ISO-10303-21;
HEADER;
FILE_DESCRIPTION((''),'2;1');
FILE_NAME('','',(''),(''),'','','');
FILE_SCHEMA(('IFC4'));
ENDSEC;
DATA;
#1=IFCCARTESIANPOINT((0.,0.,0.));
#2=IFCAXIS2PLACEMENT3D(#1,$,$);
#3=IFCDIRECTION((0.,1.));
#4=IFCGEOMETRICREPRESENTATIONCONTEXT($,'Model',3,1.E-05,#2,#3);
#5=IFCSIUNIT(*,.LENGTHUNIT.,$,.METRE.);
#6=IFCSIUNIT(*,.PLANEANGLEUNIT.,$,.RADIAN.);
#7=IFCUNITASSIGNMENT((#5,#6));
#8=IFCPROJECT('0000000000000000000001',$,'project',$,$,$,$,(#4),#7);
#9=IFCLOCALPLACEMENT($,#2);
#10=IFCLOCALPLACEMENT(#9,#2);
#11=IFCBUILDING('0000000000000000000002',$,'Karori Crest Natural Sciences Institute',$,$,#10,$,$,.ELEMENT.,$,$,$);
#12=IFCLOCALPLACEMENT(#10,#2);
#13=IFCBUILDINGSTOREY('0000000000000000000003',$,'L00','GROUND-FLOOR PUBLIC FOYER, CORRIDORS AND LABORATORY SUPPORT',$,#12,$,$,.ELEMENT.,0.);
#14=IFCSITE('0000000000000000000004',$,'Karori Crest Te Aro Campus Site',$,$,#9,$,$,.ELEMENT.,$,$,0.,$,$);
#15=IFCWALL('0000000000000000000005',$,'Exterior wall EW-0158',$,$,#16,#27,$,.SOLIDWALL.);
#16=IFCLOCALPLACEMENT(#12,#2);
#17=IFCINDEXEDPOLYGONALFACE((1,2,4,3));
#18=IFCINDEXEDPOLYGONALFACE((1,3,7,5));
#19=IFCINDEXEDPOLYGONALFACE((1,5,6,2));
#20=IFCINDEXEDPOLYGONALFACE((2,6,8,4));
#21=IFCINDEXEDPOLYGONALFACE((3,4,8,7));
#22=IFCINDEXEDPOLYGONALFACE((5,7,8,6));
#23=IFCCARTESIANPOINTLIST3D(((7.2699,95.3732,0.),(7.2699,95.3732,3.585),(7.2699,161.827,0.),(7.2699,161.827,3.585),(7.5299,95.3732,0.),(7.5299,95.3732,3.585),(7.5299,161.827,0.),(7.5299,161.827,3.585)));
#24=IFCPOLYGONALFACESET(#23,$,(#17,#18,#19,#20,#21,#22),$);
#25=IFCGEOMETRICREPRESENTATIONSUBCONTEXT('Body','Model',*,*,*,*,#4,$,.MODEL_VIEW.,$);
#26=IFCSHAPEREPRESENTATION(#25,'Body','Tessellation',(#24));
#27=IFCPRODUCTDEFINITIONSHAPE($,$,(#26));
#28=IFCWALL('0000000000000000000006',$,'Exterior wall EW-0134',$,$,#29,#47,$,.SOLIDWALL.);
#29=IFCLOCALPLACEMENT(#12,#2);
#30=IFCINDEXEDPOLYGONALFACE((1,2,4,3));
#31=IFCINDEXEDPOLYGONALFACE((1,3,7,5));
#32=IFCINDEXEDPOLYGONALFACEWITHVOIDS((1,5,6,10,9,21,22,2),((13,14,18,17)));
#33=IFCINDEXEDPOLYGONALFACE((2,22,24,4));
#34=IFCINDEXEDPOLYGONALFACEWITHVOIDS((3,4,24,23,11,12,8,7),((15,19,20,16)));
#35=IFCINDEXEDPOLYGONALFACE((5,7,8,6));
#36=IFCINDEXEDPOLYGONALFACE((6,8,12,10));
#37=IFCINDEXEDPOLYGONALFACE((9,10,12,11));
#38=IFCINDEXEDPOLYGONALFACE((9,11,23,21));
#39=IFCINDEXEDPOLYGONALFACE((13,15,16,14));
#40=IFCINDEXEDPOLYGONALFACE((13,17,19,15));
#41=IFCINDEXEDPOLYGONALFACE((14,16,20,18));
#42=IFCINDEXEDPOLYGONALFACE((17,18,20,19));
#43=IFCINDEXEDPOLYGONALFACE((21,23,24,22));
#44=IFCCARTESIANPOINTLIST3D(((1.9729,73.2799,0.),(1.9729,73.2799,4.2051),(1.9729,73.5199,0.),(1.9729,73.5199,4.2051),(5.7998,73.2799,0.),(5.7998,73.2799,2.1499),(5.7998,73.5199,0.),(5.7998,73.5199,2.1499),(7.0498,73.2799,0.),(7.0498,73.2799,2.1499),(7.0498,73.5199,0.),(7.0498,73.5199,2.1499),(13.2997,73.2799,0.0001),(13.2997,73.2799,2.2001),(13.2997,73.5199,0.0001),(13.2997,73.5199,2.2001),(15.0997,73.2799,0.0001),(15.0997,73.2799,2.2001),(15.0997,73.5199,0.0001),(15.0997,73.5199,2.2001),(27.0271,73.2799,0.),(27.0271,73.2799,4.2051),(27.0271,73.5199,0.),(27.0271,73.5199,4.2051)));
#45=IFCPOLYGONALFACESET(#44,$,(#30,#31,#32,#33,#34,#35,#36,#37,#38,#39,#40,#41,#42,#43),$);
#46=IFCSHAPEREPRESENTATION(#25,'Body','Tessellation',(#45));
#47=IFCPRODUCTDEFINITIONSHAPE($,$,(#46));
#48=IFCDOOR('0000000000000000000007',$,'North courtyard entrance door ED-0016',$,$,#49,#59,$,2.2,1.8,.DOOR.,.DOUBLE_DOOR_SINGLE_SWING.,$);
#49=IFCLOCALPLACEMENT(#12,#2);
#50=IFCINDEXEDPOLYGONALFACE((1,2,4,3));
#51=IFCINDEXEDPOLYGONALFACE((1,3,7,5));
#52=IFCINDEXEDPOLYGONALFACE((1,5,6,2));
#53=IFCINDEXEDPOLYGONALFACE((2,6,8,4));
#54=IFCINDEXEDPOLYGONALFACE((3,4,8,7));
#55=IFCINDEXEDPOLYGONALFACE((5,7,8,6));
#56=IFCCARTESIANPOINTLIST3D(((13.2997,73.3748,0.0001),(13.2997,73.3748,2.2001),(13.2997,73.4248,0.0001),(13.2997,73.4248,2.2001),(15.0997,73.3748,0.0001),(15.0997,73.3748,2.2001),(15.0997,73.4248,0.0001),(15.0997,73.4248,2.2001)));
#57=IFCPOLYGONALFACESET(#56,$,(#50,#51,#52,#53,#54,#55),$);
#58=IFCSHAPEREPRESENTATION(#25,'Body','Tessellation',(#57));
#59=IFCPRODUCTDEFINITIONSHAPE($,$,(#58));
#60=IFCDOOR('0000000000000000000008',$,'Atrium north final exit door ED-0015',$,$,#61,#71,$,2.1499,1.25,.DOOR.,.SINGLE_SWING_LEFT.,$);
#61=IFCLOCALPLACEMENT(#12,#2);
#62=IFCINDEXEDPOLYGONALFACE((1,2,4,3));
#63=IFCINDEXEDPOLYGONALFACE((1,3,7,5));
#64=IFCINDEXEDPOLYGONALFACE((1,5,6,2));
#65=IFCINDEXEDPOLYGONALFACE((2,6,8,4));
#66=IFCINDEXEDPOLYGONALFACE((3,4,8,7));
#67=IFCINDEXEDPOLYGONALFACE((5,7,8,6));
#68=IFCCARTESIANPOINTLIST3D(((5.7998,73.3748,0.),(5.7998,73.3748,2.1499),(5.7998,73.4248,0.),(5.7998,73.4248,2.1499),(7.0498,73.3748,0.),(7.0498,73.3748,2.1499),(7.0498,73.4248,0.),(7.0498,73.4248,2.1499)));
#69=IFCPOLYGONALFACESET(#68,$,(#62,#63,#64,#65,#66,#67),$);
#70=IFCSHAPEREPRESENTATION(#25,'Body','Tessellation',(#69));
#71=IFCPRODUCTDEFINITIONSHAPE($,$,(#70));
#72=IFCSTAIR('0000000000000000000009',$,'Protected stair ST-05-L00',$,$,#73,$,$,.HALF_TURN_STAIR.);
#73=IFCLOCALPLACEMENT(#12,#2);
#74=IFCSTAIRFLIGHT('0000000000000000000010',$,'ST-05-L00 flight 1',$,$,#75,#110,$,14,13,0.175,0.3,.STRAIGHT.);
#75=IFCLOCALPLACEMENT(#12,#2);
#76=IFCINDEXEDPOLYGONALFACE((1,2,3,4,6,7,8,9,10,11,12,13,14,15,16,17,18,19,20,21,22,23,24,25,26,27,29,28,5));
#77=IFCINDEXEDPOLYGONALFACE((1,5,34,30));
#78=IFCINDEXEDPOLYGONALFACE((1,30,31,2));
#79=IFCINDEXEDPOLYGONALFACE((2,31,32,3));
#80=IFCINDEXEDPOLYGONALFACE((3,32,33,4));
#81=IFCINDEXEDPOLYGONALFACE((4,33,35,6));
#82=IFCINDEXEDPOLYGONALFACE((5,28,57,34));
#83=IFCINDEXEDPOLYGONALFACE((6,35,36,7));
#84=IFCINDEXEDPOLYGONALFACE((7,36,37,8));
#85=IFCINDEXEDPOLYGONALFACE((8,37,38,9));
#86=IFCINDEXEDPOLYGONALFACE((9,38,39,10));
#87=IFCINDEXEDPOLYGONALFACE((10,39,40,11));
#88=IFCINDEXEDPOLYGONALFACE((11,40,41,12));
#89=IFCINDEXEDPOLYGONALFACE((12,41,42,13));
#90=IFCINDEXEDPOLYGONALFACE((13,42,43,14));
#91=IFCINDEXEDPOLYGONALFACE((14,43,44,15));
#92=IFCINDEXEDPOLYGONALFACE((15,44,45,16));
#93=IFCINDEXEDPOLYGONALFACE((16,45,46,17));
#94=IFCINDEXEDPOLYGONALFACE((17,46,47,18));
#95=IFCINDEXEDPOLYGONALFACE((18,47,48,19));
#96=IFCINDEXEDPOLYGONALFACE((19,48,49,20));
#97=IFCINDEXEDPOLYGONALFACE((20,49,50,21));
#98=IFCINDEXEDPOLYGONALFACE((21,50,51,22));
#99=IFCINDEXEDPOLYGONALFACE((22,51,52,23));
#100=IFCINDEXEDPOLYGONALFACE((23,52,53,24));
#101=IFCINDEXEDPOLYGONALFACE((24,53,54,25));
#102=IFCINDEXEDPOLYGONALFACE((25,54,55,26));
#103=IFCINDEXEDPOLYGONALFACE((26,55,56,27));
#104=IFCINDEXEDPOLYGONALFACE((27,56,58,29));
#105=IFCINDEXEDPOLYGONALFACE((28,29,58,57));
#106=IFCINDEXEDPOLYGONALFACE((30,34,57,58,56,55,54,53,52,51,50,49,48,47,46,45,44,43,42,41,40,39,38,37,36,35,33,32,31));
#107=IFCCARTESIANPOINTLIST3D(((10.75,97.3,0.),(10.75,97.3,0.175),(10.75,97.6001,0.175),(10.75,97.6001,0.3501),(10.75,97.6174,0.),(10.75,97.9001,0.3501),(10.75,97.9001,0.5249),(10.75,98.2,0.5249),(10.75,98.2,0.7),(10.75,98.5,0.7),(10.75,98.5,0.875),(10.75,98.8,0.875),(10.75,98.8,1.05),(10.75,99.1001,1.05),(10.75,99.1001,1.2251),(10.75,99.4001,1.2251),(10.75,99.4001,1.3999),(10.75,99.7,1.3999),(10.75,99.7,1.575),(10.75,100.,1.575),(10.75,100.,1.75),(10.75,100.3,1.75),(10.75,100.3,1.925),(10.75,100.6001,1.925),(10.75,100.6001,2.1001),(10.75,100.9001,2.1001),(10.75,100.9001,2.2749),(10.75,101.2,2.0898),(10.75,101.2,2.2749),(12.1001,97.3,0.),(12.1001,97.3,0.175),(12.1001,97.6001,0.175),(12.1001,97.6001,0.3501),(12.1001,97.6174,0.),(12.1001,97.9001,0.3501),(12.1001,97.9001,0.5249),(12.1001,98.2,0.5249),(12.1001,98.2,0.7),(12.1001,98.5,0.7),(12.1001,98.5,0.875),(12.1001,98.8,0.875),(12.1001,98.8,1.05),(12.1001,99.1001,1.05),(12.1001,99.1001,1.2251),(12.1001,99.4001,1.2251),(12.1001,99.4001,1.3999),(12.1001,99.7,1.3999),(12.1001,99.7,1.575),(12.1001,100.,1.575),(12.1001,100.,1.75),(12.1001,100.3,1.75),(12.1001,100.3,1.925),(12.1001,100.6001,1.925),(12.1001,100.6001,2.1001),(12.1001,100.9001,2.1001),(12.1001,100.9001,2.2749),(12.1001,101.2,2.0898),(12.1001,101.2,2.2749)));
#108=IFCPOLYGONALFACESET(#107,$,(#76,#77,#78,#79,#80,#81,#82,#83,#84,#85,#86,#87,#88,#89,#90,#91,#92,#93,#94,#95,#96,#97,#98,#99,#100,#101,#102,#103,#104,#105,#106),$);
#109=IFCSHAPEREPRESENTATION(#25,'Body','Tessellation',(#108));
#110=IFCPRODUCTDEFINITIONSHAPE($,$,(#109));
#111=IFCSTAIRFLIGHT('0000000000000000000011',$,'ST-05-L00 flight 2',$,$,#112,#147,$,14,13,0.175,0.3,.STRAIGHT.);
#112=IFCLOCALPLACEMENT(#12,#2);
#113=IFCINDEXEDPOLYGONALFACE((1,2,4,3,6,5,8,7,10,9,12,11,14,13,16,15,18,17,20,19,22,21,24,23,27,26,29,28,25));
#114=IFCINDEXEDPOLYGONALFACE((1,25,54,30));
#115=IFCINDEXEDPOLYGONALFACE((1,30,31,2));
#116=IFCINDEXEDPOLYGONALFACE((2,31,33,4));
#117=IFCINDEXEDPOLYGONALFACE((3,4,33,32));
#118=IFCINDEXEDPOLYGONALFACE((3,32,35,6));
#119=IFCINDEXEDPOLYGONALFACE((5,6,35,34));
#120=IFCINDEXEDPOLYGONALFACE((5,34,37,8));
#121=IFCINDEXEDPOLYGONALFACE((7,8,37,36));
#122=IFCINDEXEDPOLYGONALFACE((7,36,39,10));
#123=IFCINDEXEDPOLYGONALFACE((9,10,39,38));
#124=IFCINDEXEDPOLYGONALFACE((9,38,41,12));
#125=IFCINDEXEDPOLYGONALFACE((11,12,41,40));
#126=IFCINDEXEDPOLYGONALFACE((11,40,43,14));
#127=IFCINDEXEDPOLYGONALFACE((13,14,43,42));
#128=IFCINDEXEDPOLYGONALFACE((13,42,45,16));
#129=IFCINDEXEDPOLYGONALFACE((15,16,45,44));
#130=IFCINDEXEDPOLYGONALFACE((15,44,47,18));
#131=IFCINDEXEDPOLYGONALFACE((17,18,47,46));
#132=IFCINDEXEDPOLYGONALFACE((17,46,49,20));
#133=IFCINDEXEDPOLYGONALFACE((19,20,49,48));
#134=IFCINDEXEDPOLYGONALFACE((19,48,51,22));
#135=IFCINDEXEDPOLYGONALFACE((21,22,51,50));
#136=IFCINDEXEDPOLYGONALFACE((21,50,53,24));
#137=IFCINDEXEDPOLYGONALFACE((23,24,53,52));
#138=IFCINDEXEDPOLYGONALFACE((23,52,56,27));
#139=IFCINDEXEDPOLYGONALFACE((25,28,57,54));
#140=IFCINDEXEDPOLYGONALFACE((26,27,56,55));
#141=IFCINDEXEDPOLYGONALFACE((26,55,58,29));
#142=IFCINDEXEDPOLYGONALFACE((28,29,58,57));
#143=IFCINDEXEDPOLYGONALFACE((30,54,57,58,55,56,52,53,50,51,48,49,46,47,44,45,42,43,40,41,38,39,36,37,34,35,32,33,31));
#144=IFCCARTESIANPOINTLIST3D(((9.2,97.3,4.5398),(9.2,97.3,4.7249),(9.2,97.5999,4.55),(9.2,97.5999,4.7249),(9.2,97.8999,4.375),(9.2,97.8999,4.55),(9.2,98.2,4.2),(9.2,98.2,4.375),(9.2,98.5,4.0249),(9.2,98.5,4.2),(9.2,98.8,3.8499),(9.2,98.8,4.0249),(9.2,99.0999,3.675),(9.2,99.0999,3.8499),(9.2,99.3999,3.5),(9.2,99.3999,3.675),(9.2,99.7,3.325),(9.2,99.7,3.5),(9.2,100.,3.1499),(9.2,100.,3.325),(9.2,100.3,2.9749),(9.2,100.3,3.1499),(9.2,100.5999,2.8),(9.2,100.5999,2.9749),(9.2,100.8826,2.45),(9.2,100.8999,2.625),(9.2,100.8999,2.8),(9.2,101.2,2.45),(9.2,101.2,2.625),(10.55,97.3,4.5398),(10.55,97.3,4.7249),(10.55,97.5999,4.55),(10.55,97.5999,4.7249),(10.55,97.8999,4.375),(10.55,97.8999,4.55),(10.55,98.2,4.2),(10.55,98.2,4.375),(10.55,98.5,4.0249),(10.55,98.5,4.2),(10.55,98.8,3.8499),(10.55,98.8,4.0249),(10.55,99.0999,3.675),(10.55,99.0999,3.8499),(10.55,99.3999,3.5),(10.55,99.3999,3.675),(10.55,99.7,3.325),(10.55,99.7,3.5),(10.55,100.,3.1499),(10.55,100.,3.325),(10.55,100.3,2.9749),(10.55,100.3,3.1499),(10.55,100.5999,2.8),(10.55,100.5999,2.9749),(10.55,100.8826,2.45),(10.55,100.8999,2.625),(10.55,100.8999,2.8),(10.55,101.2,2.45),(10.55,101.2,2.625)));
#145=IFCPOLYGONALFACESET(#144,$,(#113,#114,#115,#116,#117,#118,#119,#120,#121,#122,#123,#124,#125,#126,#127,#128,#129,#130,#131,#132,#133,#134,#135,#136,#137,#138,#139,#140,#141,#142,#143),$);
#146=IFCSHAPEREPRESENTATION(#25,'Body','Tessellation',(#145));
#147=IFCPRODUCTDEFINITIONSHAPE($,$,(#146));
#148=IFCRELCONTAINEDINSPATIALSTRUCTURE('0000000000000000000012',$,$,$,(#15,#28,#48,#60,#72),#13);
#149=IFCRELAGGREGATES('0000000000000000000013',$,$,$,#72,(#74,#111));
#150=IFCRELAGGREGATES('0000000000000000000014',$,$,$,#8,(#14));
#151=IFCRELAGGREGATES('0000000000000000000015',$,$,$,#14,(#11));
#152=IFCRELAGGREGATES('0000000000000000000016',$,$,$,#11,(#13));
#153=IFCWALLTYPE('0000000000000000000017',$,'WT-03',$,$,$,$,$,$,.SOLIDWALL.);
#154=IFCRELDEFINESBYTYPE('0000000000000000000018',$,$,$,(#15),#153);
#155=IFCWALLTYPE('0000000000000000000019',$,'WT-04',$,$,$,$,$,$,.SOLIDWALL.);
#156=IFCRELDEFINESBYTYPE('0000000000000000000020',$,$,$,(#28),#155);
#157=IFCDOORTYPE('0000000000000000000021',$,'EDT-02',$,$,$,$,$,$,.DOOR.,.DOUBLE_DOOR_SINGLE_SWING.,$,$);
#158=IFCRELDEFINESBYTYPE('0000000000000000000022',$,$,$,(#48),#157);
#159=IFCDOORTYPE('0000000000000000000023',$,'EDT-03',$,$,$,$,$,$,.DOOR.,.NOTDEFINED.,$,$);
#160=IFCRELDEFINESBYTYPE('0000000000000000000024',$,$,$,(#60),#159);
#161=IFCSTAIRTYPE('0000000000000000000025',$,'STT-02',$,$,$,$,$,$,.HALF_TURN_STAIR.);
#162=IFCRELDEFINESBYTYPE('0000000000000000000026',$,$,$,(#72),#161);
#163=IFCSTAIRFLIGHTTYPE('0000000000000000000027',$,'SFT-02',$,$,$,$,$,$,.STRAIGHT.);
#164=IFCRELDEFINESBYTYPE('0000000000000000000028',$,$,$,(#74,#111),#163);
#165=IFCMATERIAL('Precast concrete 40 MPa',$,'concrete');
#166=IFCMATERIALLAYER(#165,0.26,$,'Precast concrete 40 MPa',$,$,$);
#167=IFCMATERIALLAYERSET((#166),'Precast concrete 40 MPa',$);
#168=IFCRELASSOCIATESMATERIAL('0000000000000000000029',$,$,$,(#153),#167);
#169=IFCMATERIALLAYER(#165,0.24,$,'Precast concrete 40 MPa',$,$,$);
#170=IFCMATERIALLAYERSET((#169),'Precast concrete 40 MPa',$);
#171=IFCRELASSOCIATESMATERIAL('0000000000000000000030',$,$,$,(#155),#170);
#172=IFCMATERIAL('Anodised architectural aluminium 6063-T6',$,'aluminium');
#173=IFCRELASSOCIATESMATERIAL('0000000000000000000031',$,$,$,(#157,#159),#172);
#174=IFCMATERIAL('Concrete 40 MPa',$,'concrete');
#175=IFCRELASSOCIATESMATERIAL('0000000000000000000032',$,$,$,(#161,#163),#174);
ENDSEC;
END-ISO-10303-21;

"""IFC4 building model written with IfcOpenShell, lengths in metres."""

from ifc_helpers import new_model, si_unit, direction, frame, frame_2d, origin, place, context, subcontext, project, spatial, polyline, rectangle, outline, extrude, material, layer, layer_set, type_object, element, fill, aggregate, save


model = new_model("IFC4")

# Units and contexts
model_context = context("Model", 3, precision=1e-05, world=origin(), true_north=direction((0.0, 1.0)))
body_context = subcontext(model_context, "Body", "Model", "MODEL_VIEW")
ifc_project = project(units=[si_unit("LENGTHUNIT", "METRE"), si_unit("PLANEANGLEUNIT", "RADIAN")], contexts=[model_context])

# Site, building, storey
site_placement = place(None, origin())
site = spatial("IfcSite", under=ifc_project, at=site_placement, Name="Karori Crest Te Aro Campus Site", CompositionType="ELEMENT", RefElevation=0.0)
building_placement = place(site_placement, origin())
building = spatial("IfcBuilding", under=site, at=building_placement, Name="Karori Crest Natural Sciences Institute", CompositionType="ELEMENT")
storey_placement = place(building_placement, origin())
storey = spatial("IfcBuildingStorey", under=building, at=storey_placement, Name="L00", Description="GROUND-FLOOR PUBLIC FOYER, CORRIDORS AND LABORATORY SUPPORT", CompositionType="ELEMENT", Elevation=0.0)

# Wall
ifc_material_1 = material(Name="Precast concrete 40 MPa", Category="concrete")
ifc_layer_1 = layer(ifc_material_1, 0.26, Name="Precast concrete 40 MPa")
ifc_layer_set_1 = layer_set([ifc_layer_1], Name="Precast concrete 40 MPa")
wall_type_1 = type_object("IfcWallType", Name="WT-03", PredefinedType="SOLIDWALL", material=ifc_layer_set_1)
wall_1_placement = place(storey_placement, frame((7.3999, 95.373, 0.0), z_axis=(0.0, 0.0, 1.0), x_axis=(0.0, 1.0, 0.0)))
element("IfcWall", 1, at=wall_1_placement, inside=storey, type_object=wall_type_1, Name="Exterior wall EW-0158", PredefinedType="SOLIDWALL", context=body_context, shape_type="SweptSolid", body=[
    extrude(rectangle(XDim=66.4539, YDim=0.26, at=frame_2d((33.2271, 0.0))), origin(), (0.0, 0.0, 1.0), 3.585),
])

# Wall, openings, doors
ifc_layer_2 = layer(ifc_material_1, 0.24, Name="Precast concrete 40 MPa")
ifc_layer_set_2 = layer_set([ifc_layer_2], Name="Precast concrete 40 MPa")
wall_type_2 = type_object("IfcWallType", Name="WT-04", PredefinedType="SOLIDWALL", material=ifc_layer_set_2)
wall_2_placement = place(storey_placement, frame((1.9729, 73.3999, 0.0), z_axis=(0.0, 0.0, 1.0), x_axis=(1.0, 0.0, 0.0)))
wall_2 = element("IfcWall", 2, at=wall_2_placement, inside=storey, type_object=wall_type_2, Name="Exterior wall EW-0134", PredefinedType="SOLIDWALL", context=body_context, shape_type="SweptSolid", body=[
    extrude(rectangle(XDim=25.0542, YDim=0.24, at=frame_2d((12.5271, 0.0))), origin(), (0.0, 0.0, 1.0), 4.2051),
])
opening_1_placement = place(wall_2_placement, frame((3.8269, 0.0, 0.0)))
opening_1 = element("IfcOpeningElement", 3, at=opening_1_placement, cuts=wall_2, PredefinedType="OPENING", context=body_context, shape_type="SweptSolid", body=[
    extrude(rectangle(XDim=1.25, YDim=2.1499, at=frame_2d((0.625, 1.075))), frame((0.0, 0.1299, 0.0), z_axis=(0.0, -1.0, 0.0), x_axis=(1.0, 0.0, 0.0)), (0.0, 0.0, 1.0), 0.26),
])
opening_2_placement = place(wall_2_placement, frame((11.3269, 0.0, 0.0)))
opening_2 = element("IfcOpeningElement", 4, at=opening_2_placement, cuts=wall_2, PredefinedType="OPENING", context=body_context, shape_type="SweptSolid", body=[
    extrude(rectangle(XDim=1.8, YDim=2.2, at=frame_2d((0.8999, 1.1001))), frame((0.0, 0.1299, 0.0), z_axis=(0.0, -1.0, 0.0), x_axis=(1.0, 0.0, 0.0)), (0.0, 0.0, 1.0), 0.26),
])
ifc_material_2 = material(Name="Anodised architectural aluminium 6063-T6", Category="aluminium")
door_type_1 = type_object("IfcDoorType", Name="EDT-02", OperationType="DOUBLE_DOOR_SINGLE_SWING", PredefinedType="DOOR", material=ifc_material_2)
door_1_placement = place(opening_2_placement, origin())
door_1 = element("IfcDoor", 5, at=door_1_placement, inside=storey, type_object=door_type_1, Name="North courtyard entrance door ED-0016", OperationType="DOUBLE_DOOR_SINGLE_SWING", OverallHeight=2.2, OverallWidth=1.8, PredefinedType="DOOR", context=body_context, shape_type="SweptSolid", body=[
    extrude(rectangle(XDim=1.8, YDim=2.2, at=frame_2d((0.8999, 1.1001))), frame((0.0, 0.0249, 0.0), z_axis=(0.0, -1.0, 0.0), x_axis=(1.0, 0.0, 0.0)), (0.0, 0.0, 1.0), 0.05),
])
fill(opening_2, door_1)
door_type_2 = type_object("IfcDoorType", Name="EDT-03", OperationType="NOTDEFINED", PredefinedType="DOOR", material=ifc_material_2)
door_2_placement = place(opening_1_placement, origin())
door_2 = element("IfcDoor", 6, at=door_2_placement, inside=storey, type_object=door_type_2, Name="Atrium north final exit door ED-0015", OperationType="SINGLE_SWING_LEFT", OverallHeight=2.1499, OverallWidth=1.25, PredefinedType="DOOR", context=body_context, shape_type="SweptSolid", body=[
    extrude(rectangle(XDim=1.25, YDim=2.1499, at=frame_2d((0.625, 1.075))), frame((0.0, 0.0249, 0.0), z_axis=(0.0, -1.0, 0.0), x_axis=(1.0, 0.0, 0.0)), (0.0, 0.0, 1.0), 0.05),
])
fill(opening_1, door_2)

# Stair, stair flights
ifc_material_3 = material(Name="Concrete 40 MPa", Category="concrete")
stair_type = type_object("IfcStairType", Name="STT-02", PredefinedType="HALF_TURN_STAIR", material=ifc_material_3)
stair_placement = place(storey_placement, origin())
stair = element("IfcStair", 7, at=stair_placement, inside=storey, type_object=stair_type, Name="Protected stair ST-05-L00", PredefinedType="HALF_TURN_STAIR")
stair_flight_type = type_object("IfcStairFlightType", Name="SFT-02", PredefinedType="STRAIGHT", material=ifc_material_3)
stair_flight_1_placement = place(storey_placement, frame((11.425, 97.3, 0.0), z_axis=(0.0, 0.0, 1.0), x_axis=(0.0, 1.0, 0.0)))
stair_flight_1 = element("IfcStairFlight", 8, at=stair_flight_1_placement, type_object=stair_flight_type, Name="ST-05-L00 flight 1", NumberOfRisers=14, NumberOfTreads=13, PredefinedType="STRAIGHT", RiserHeight=0.175, TreadLength=0.3, context=body_context, shape_type="SweptSolid", body=[
    extrude(outline(polyline([(0.0, 0.0), (0.0, 0.175), (0.3, 0.175), (0.3, 0.3501), (0.6001, 0.3501), (0.6001, 0.5249), (0.8999, 0.5249), (0.8999, 0.7), (1.2, 0.7), (1.2, 0.875), (1.5, 0.875), (1.5, 1.05), (1.8, 1.05), (1.8, 1.2251), (2.1001, 1.2251), (2.1001, 1.3999), (2.3999, 1.3999), (2.3999, 1.575), (2.7, 1.575), (2.7, 1.75), (3.0, 1.75), (3.0, 1.925), (3.3, 1.925), (3.3, 2.1001), (3.6001, 2.1001), (3.6001, 2.2749), (3.8999, 2.2749), (3.8999, 2.45), (3.8999, 2.0898), (0.3174, 0.0), (0.0, 0.0)])), frame((0.0, 0.675, 0.0), z_axis=(0.0, -1.0, 0.0), x_axis=(1.0, 0.0, 0.0)), (0.0, 0.0, 1.0), 1.3501),
])
stair_flight_2_placement = place(storey_placement, frame((9.875, 101.2, 2.45), z_axis=(0.0, 0.0, 1.0), x_axis=(0.0, -1.0, 0.0)))
stair_flight_2 = element("IfcStairFlight", 9, at=stair_flight_2_placement, type_object=stair_flight_type, Name="ST-05-L00 flight 2", NumberOfRisers=14, NumberOfTreads=13, PredefinedType="STRAIGHT", RiserHeight=0.175, TreadLength=0.3, context=body_context, shape_type="SweptSolid", body=[
    extrude(outline(polyline([(0.0, 0.0), (0.0, 0.175), (0.3, 0.175), (0.3, 0.3501), (0.6001, 0.3501), (0.6001, 0.5249), (0.8999, 0.5249), (0.8999, 0.7), (1.2, 0.7), (1.2, 0.875), (1.5, 0.875), (1.5, 1.05), (1.8, 1.05), (1.8, 1.2251), (2.1001, 1.2251), (2.1001, 1.3999), (2.3999, 1.3999), (2.3999, 1.575), (2.7, 1.575), (2.7, 1.75), (3.0, 1.75), (3.0, 1.925), (3.3, 1.925), (3.3, 2.1001), (3.6001, 2.1001), (3.6001, 2.2749), (3.8999, 2.2749), (3.8999, 2.45), (3.8999, 2.0898), (0.3174, 0.0), (0.0, 0.0)])), frame((0.0, 0.675, 0.0), z_axis=(0.0, -1.0, 0.0), x_axis=(1.0, 0.0, 0.0)), (0.0, 0.0, 1.0), 1.3501),
])
aggregate(stair, [stair_flight_1, stair_flight_2])

save(model, "model.ifc")
